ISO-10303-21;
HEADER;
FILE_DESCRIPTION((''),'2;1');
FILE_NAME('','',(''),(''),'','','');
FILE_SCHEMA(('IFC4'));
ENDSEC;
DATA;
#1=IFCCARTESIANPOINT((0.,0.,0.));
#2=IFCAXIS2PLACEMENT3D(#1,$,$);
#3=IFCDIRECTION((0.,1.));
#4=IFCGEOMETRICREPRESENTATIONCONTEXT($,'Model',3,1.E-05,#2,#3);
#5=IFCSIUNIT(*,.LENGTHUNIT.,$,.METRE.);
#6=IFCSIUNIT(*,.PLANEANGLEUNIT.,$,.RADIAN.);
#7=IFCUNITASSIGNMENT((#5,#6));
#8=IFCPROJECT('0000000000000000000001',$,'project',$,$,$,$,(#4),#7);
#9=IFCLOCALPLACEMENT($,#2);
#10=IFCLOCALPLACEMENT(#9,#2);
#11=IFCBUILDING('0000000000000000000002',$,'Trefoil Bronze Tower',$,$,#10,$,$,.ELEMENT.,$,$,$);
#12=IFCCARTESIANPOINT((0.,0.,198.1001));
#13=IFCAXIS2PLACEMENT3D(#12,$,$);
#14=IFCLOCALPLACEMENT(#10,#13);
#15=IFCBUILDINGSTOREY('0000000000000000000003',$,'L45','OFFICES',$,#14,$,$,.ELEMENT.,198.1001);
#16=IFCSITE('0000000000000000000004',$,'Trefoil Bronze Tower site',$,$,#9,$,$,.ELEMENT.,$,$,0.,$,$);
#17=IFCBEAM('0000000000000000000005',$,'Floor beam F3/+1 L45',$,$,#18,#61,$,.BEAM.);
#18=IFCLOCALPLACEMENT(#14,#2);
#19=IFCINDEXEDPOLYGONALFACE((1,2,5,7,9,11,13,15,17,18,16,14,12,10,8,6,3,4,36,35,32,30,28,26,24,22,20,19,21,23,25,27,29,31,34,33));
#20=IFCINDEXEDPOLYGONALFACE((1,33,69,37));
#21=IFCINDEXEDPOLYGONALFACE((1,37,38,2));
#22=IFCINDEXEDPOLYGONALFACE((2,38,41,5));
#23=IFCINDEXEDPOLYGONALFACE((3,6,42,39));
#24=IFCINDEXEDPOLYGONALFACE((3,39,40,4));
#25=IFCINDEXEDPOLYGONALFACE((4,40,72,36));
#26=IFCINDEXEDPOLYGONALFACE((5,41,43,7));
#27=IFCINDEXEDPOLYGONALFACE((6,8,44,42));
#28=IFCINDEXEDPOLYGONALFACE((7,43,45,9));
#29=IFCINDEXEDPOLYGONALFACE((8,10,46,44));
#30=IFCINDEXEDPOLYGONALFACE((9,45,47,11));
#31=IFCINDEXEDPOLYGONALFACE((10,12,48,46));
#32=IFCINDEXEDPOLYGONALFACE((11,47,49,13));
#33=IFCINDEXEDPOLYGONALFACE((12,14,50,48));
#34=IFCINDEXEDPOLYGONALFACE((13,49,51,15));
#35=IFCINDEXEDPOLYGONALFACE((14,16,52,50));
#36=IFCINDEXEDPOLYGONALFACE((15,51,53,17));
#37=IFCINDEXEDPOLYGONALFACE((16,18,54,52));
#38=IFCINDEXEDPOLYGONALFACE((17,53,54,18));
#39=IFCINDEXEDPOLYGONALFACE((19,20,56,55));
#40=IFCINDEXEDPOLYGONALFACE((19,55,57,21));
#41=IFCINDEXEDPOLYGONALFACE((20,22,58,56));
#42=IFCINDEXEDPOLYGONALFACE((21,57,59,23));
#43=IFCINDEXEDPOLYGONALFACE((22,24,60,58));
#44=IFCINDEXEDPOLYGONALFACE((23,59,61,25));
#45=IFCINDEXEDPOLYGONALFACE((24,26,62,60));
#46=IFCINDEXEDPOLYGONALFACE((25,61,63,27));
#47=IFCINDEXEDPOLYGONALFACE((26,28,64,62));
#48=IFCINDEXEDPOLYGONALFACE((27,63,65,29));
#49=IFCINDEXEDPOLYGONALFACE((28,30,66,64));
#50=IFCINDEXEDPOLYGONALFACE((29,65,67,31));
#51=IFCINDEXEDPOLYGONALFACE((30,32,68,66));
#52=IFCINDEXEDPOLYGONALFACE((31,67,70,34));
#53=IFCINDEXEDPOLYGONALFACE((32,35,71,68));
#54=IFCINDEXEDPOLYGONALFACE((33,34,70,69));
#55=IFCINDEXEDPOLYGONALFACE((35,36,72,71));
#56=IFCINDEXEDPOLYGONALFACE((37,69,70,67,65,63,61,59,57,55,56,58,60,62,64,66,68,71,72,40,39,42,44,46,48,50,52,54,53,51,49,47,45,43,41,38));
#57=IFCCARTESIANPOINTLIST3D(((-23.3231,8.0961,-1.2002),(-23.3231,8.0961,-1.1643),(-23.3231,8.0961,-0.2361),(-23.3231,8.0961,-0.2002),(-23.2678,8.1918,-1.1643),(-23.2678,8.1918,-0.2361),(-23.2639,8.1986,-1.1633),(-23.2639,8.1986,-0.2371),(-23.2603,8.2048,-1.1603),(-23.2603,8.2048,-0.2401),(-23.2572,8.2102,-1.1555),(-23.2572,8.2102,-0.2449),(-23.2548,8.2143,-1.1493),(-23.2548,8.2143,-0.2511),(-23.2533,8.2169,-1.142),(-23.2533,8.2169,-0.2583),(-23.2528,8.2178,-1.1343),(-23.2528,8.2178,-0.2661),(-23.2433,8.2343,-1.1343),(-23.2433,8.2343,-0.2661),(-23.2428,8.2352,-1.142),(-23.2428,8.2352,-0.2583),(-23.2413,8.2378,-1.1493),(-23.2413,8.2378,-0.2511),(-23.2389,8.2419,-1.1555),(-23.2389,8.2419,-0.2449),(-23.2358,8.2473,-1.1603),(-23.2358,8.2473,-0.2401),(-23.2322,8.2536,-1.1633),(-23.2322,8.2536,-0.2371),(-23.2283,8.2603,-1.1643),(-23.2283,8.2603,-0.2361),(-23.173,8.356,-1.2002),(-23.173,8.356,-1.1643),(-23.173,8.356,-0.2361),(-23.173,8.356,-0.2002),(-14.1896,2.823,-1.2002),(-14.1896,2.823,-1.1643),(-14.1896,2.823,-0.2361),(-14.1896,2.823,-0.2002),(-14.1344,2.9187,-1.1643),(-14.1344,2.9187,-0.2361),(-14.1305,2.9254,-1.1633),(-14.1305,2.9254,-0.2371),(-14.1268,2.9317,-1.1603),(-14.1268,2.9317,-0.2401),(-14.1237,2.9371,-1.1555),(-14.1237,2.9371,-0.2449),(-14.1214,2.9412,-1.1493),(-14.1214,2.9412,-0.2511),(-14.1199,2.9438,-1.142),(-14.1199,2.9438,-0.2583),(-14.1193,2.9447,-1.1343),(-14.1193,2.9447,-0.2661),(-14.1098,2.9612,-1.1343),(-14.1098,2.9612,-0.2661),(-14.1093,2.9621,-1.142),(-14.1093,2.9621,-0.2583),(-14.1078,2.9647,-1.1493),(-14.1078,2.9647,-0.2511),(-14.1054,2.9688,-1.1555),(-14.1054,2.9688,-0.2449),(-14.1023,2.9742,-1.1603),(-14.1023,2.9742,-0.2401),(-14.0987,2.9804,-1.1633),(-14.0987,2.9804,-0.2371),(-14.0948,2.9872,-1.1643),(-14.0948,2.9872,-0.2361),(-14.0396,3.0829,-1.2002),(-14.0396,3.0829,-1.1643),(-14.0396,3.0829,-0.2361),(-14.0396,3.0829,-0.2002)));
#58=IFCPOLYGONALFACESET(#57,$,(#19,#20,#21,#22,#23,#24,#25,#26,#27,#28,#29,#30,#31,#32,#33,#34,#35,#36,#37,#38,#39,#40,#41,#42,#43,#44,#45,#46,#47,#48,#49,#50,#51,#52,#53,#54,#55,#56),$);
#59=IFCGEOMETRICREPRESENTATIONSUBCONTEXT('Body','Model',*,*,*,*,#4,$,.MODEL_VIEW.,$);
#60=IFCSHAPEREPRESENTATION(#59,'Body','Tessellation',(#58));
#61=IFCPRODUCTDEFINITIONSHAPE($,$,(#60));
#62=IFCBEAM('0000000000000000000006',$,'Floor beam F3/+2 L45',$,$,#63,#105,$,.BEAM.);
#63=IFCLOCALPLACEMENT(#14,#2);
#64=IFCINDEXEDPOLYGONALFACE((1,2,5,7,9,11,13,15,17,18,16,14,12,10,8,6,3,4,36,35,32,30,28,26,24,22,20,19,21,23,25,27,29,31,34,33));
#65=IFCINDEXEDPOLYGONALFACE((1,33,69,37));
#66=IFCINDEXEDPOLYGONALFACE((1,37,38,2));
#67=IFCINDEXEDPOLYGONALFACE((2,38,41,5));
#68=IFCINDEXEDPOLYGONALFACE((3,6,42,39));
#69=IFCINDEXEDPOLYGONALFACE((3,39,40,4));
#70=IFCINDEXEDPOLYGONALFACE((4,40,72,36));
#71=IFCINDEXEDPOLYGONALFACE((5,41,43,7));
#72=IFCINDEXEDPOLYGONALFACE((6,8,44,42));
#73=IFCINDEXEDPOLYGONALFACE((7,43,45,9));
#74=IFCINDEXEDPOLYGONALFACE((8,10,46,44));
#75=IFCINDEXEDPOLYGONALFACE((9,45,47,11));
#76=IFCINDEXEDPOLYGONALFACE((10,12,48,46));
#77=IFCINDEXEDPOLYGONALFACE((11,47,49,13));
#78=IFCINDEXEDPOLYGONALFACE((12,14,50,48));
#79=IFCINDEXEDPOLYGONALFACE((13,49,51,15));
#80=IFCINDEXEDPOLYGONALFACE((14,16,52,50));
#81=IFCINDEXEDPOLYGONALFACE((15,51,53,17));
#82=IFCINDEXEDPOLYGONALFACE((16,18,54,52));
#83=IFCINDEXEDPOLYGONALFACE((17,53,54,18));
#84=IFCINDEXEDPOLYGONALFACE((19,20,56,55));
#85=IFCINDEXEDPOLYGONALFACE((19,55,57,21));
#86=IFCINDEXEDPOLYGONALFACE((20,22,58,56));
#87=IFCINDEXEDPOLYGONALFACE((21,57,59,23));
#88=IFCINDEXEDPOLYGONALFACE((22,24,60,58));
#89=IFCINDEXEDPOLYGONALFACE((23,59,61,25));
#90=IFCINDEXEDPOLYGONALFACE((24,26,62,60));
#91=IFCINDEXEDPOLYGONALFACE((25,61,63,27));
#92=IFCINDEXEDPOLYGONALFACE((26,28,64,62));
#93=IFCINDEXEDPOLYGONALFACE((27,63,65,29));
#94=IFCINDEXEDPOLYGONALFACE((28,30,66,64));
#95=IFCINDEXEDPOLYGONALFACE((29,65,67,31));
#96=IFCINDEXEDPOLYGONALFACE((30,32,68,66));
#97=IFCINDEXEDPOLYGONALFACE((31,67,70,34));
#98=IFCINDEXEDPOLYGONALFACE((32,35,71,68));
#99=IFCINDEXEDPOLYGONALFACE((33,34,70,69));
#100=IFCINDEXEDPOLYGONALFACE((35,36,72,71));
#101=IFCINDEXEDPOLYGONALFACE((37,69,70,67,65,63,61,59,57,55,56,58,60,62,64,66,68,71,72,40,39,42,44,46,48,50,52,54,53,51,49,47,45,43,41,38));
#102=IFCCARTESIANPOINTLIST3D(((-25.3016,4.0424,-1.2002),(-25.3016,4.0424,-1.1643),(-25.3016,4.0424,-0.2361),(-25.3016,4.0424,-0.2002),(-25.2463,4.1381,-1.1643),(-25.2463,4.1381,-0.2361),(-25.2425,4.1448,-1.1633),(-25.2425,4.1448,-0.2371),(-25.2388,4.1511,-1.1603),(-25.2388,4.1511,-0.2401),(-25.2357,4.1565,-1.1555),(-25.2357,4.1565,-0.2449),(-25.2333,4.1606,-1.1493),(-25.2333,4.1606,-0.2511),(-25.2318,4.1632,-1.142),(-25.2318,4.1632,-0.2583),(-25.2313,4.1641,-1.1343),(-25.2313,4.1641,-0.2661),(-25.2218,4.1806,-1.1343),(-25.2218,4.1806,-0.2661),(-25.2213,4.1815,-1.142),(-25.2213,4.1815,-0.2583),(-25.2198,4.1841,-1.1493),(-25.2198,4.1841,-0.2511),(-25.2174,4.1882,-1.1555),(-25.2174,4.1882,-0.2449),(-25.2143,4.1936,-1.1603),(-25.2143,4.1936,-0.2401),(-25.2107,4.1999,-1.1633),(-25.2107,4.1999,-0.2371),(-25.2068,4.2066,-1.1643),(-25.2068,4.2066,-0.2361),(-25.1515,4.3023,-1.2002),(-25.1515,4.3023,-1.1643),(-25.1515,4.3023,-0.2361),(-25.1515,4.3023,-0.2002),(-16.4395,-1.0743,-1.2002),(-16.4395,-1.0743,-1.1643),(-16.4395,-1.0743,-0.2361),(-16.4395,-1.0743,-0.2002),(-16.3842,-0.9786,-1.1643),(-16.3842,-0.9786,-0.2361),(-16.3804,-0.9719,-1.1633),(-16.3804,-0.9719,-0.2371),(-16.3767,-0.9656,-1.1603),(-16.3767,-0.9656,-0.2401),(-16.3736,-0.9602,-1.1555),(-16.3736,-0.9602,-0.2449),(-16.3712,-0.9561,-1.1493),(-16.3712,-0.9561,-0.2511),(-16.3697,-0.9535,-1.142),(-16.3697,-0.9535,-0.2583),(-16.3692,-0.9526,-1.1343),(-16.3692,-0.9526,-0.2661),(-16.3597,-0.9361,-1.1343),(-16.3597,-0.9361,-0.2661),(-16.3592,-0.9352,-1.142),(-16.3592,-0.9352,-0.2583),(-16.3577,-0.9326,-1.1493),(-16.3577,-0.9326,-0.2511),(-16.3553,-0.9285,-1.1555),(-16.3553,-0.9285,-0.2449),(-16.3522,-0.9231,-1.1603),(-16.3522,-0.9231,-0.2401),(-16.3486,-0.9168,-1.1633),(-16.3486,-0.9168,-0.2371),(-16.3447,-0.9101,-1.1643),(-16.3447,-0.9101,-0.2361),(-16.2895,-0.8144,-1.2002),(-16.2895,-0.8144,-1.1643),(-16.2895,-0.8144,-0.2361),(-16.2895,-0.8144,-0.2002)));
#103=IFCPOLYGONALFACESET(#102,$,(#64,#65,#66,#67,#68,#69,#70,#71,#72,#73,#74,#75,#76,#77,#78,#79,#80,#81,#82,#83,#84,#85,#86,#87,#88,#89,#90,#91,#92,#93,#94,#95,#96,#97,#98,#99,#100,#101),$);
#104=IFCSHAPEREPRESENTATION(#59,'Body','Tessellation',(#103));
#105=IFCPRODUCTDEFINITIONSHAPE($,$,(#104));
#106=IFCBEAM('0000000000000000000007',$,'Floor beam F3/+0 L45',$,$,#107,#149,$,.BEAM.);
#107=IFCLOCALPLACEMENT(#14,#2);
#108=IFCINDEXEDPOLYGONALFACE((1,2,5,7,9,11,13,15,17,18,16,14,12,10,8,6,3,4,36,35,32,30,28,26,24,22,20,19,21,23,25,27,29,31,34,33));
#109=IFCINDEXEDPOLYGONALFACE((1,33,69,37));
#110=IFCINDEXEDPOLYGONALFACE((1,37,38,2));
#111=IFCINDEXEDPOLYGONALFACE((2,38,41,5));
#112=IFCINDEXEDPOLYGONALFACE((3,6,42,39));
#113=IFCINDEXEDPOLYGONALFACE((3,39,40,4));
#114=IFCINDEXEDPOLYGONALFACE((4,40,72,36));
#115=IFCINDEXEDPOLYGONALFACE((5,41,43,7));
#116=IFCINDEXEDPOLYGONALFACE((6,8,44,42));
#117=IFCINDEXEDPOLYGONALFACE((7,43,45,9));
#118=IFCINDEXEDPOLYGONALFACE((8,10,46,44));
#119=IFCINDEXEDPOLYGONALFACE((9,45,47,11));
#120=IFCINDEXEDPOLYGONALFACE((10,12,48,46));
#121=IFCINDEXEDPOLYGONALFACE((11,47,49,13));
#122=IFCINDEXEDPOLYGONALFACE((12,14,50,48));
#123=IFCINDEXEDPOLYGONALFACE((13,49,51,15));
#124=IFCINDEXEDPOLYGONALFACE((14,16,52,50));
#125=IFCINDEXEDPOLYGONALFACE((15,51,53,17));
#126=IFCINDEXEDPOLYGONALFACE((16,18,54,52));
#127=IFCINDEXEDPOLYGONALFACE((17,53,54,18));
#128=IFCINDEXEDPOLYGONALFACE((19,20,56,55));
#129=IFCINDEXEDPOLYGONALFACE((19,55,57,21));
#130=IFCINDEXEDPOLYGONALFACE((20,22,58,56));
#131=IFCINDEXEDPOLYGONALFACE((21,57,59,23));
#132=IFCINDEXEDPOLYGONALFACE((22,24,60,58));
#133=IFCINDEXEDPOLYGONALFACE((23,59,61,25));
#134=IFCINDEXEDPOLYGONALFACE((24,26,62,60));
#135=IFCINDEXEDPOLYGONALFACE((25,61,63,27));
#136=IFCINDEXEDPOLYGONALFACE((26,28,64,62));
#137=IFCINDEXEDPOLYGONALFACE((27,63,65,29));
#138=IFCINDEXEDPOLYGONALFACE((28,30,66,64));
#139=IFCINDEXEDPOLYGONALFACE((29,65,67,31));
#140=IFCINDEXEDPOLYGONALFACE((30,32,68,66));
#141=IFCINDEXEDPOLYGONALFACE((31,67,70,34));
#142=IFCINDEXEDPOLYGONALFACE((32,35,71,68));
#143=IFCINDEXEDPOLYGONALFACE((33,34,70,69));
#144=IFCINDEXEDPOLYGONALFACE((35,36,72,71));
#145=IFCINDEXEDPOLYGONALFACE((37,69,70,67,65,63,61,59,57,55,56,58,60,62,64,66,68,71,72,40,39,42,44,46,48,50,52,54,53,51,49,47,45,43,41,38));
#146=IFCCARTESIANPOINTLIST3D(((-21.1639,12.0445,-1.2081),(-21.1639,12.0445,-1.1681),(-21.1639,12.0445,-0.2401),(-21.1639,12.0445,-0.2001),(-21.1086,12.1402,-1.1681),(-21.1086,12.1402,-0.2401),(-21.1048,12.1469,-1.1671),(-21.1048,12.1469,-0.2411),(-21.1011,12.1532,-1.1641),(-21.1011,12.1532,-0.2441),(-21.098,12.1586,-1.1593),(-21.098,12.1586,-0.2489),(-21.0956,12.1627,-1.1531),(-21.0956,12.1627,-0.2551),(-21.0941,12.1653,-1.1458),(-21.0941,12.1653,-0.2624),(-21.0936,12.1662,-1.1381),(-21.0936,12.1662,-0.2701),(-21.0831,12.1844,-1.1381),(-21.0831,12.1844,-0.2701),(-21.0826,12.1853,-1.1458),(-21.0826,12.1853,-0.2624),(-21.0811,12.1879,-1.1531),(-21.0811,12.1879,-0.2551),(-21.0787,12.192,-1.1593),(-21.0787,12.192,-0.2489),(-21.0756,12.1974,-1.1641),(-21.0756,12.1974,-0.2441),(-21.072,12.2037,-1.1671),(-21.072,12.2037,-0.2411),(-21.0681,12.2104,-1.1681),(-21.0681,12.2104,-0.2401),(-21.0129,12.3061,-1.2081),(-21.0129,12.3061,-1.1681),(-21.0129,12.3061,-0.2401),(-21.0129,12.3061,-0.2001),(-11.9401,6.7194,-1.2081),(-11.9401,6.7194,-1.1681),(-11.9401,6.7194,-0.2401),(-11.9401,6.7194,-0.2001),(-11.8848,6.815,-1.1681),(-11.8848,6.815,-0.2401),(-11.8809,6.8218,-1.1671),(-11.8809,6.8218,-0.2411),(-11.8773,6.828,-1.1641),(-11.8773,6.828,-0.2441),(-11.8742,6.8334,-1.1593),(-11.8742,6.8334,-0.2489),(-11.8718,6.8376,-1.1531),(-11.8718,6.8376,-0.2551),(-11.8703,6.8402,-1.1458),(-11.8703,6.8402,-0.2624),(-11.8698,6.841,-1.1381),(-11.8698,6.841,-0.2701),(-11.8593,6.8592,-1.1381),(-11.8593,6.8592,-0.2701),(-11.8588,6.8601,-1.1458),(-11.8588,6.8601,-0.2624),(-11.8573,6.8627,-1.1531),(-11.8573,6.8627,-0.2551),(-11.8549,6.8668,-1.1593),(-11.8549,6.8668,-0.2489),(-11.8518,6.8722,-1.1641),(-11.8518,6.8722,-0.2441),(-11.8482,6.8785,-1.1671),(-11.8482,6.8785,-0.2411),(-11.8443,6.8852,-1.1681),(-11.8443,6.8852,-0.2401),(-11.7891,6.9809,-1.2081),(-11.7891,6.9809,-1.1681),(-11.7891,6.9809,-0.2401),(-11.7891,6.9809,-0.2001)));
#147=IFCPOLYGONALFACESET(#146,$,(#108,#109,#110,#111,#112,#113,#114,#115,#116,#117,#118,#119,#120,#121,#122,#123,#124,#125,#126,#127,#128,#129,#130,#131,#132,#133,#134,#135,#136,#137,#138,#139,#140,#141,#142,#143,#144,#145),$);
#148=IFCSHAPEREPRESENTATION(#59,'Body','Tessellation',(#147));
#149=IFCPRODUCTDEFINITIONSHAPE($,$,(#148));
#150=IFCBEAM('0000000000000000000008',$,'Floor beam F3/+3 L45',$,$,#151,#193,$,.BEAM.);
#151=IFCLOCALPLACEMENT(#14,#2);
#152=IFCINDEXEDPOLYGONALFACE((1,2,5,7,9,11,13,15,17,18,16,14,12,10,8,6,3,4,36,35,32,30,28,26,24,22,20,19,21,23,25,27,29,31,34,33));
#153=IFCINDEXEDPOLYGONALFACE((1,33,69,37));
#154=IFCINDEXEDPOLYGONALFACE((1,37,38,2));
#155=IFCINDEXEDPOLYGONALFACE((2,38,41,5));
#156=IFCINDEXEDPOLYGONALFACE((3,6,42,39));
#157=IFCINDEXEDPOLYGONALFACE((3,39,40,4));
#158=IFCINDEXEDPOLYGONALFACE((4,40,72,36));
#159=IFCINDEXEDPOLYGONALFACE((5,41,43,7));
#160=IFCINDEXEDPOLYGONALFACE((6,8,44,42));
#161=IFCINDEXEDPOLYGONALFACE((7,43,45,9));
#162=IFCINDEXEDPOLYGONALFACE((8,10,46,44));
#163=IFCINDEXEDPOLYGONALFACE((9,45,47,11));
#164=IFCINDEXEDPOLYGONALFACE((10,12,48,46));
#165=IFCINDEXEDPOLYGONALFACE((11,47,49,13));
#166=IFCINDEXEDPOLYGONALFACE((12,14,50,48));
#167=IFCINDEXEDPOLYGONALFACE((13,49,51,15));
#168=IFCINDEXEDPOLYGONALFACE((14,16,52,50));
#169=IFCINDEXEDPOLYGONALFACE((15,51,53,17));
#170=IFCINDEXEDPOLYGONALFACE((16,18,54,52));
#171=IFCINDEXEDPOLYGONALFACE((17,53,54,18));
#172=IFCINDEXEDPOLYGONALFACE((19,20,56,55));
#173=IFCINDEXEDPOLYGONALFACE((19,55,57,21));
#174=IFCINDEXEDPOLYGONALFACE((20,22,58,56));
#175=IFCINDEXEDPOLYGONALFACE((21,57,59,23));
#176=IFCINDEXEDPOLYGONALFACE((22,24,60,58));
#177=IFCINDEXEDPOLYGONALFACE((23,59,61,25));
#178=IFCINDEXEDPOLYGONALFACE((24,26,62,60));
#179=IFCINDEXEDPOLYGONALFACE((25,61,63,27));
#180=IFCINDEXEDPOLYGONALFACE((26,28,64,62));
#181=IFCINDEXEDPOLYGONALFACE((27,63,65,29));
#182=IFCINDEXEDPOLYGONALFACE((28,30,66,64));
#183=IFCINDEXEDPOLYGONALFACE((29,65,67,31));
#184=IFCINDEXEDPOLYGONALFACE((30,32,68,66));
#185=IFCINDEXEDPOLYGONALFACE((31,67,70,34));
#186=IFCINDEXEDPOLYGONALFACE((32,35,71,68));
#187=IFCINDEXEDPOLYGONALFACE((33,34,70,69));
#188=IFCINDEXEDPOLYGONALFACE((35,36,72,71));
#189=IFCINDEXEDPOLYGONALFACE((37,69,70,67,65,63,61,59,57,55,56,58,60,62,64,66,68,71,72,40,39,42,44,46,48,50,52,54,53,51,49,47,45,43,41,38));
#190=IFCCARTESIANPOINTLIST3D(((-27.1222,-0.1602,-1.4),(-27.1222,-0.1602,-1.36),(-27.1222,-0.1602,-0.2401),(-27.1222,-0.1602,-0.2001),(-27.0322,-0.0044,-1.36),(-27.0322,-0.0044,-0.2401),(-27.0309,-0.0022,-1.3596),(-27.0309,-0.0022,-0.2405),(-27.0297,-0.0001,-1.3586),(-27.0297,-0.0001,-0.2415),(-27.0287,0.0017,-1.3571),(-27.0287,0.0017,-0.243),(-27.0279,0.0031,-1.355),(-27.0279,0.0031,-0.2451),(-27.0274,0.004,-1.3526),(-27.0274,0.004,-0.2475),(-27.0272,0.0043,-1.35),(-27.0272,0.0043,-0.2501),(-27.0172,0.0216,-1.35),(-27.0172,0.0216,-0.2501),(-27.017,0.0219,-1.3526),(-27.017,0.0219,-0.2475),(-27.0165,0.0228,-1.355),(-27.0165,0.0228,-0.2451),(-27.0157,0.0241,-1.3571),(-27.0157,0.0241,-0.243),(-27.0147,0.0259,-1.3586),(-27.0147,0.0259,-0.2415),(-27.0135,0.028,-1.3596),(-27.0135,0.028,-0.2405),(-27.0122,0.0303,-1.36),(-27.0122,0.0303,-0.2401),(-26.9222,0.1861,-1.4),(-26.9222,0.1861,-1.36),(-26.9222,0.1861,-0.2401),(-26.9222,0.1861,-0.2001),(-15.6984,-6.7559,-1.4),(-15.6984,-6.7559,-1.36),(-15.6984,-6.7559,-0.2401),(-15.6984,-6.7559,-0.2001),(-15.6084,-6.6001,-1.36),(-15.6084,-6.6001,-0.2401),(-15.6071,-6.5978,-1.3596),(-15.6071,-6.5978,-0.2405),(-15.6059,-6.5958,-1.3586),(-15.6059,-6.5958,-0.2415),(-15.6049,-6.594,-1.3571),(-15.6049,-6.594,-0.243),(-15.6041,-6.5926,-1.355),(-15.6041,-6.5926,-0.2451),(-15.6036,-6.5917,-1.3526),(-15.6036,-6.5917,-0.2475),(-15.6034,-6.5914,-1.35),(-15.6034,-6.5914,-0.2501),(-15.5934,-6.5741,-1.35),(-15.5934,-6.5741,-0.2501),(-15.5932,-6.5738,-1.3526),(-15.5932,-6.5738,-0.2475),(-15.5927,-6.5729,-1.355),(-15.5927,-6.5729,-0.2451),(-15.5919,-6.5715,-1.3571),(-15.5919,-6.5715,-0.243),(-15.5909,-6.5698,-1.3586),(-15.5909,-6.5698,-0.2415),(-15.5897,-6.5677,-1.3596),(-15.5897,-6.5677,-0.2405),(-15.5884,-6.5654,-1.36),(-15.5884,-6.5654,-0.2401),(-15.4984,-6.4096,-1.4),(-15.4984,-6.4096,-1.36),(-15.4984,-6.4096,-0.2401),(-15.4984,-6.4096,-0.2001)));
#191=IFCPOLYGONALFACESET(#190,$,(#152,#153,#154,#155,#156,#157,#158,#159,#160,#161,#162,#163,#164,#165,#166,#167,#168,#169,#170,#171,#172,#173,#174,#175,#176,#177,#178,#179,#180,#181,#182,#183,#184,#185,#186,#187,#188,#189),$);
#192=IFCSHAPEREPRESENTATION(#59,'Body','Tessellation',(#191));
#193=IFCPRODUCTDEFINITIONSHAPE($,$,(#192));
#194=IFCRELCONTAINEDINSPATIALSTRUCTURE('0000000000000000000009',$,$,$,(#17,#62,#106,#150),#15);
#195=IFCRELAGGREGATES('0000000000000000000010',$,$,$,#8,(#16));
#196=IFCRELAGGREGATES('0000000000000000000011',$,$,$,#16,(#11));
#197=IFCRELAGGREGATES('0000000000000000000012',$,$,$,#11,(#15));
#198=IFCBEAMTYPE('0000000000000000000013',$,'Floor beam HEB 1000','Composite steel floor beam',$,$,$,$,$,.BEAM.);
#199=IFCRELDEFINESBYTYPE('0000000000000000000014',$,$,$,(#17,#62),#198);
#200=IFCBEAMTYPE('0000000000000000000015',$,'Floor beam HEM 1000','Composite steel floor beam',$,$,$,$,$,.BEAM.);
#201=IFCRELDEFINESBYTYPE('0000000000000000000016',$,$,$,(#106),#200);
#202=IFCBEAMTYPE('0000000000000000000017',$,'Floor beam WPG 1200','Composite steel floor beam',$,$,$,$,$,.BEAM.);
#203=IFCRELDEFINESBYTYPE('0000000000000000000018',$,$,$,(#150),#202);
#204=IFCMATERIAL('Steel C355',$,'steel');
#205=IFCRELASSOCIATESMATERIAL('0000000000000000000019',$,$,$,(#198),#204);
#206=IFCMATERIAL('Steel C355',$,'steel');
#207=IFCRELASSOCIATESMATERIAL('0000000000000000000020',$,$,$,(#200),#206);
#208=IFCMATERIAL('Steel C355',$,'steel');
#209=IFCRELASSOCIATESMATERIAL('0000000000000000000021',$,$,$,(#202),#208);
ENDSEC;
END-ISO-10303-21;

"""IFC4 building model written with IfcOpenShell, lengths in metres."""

from ifc_helpers import new_model, si_unit, direction, frame, origin, origin_2d, place, context, subcontext, project, spatial, i_section, extrude, material, material_profile, profile_set, type_object, element, save


model = new_model("IFC4")

# Units and contexts
model_context = context("Model", 3, precision=1e-05, world=origin(), true_north=direction((0.0, 1.0)))
body_context = subcontext(model_context, "Body", "Model", "MODEL_VIEW")
ifc_project = project(units=[si_unit("LENGTHUNIT", "METRE"), si_unit("PLANEANGLEUNIT", "RADIAN")], contexts=[model_context])

# Site, building, storey
site_placement = place(None, origin())
site = spatial("IfcSite", under=ifc_project, at=site_placement, Name="Trefoil Bronze Tower site", CompositionType="ELEMENT", RefElevation=0.0)
building_placement = place(site_placement, origin())
building = spatial("IfcBuilding", under=site, at=building_placement, Name="Trefoil Bronze Tower", CompositionType="ELEMENT")
storey_placement = place(building_placement, frame((0.0, 0.0, 198.1001)))
storey = spatial("IfcBuildingStorey", under=building, at=storey_placement, Name="L45", Description="OFFICES", CompositionType="ELEMENT", Elevation=198.1001)

# Beams
ifc_material_1 = material(Name="Steel C355", Category="steel")
ifc_material_profile_1 = material_profile(ifc_material_1, i_section(OverallWidth=0.3, OverallDepth=1.0, WebThickness=0.019, FlangeThickness=0.0359, FilletRadius=0.03, at=origin_2d()), Name="HEB 1000")
ifc_profile_set_1 = profile_set([ifc_material_profile_1], Name="Steel C355")
beam_type_1 = type_object("IfcBeamType", Name="Floor beam HEB 1000", Description="Composite steel floor beam", PredefinedType="BEAM", material=ifc_profile_set_1)
beam_1_placement = place(storey_placement, frame((-23.248, 8.2261, -0.7002), z_axis=(0.866028, -0.499996, 0.0), x_axis=(0.499996, 0.866028, 0.0)))
element("IfcBeam", 1, at=beam_1_placement, inside=storey, type_object=beam_type_1, Name="Floor beam F3/+1 L45", PredefinedType="BEAM", context=body_context, shape_type="SweptSolid", body=[
    extrude(i_section(OverallWidth=0.3, OverallDepth=1.0, WebThickness=0.019, FlangeThickness=0.0359, FilletRadius=0.03, at=origin_2d()), origin(), (0.0, 0.0, 1.0), 10.5464),
])
beam_2_placement = place(storey_placement, frame((-25.2266, 4.1724, -0.7002), z_axis=(0.866018, -0.500014, 0.0), x_axis=(0.500014, 0.866018, 0.0)))
element("IfcBeam", 2, at=beam_2_placement, inside=storey, type_object=beam_type_1, Name="Floor beam F3/+2 L45", PredefinedType="BEAM", context=body_context, shape_type="SweptSolid", body=[
    extrude(i_section(OverallWidth=0.3, OverallDepth=1.0, WebThickness=0.019, FlangeThickness=0.0359, FilletRadius=0.03, at=origin_2d()), origin(), (0.0, 0.0, 1.0), 10.2332),
])
ifc_material_2 = material(Name="Steel C355", Category="steel")
ifc_material_profile_2 = material_profile(ifc_material_2, i_section(OverallWidth=0.302, OverallDepth=1.0081, WebThickness=0.021, FlangeThickness=0.04, FilletRadius=0.03, at=origin_2d()), Name="HEM 1000")
ifc_profile_set_2 = profile_set([ifc_material_profile_2], Name="Steel C355")
beam_type_2 = type_object("IfcBeamType", Name="Floor beam HEM 1000", Description="Composite steel floor beam", PredefinedType="BEAM", material=ifc_profile_set_2)
beam_3_placement = place(storey_placement, frame((-21.0884, 12.1753, -0.7041), z_axis=(0.866034, -0.499985, 0.0), x_axis=(0.499985, 0.866034, 0.0)))
element("IfcBeam", 3, at=beam_3_placement, inside=storey, type_object=beam_type_2, Name="Floor beam F3/+0 L45", PredefinedType="BEAM", context=body_context, shape_type="SweptSolid", body=[
    extrude(i_section(OverallWidth=0.302, OverallDepth=1.0081, WebThickness=0.021, FlangeThickness=0.04, FilletRadius=0.03, at=origin_2d()), origin(), (0.0, 0.0, 1.0), 10.6506),
])
ifc_material_3 = material(Name="Steel C355", Category="steel")
ifc_material_profile_3 = material_profile(ifc_material_3, i_section(OverallWidth=0.3999, OverallDepth=1.2, WebThickness=0.02, FlangeThickness=0.04, FilletRadius=0.01, at=origin_2d()), Name="WPG 1200")
ifc_profile_set_3 = profile_set([ifc_material_profile_3], Name="Steel C355")
beam_type_3 = type_object("IfcBeamType", Name="Floor beam WPG 1200", Description="Composite steel floor beam", PredefinedType="BEAM", material=ifc_profile_set_3)
beam_4_placement = place(storey_placement, frame((-27.0222, 0.0129, -0.8), z_axis=(0.86602, -0.500009, 0.0), x_axis=(0.500009, 0.86602, 0.0)))
element("IfcBeam", 4, at=beam_4_placement, inside=storey, type_object=beam_type_3, Name="Floor beam F3/+3 L45", PredefinedType="BEAM", context=body_context, shape_type="SweptSolid", body=[
    extrude(i_section(OverallWidth=0.3999, OverallDepth=1.2, WebThickness=0.02, FlangeThickness=0.04, FilletRadius=0.01, at=origin_2d()), origin(), (0.0, 0.0, 1.0), 13.1912),
])

save(model, "model.ifc")
